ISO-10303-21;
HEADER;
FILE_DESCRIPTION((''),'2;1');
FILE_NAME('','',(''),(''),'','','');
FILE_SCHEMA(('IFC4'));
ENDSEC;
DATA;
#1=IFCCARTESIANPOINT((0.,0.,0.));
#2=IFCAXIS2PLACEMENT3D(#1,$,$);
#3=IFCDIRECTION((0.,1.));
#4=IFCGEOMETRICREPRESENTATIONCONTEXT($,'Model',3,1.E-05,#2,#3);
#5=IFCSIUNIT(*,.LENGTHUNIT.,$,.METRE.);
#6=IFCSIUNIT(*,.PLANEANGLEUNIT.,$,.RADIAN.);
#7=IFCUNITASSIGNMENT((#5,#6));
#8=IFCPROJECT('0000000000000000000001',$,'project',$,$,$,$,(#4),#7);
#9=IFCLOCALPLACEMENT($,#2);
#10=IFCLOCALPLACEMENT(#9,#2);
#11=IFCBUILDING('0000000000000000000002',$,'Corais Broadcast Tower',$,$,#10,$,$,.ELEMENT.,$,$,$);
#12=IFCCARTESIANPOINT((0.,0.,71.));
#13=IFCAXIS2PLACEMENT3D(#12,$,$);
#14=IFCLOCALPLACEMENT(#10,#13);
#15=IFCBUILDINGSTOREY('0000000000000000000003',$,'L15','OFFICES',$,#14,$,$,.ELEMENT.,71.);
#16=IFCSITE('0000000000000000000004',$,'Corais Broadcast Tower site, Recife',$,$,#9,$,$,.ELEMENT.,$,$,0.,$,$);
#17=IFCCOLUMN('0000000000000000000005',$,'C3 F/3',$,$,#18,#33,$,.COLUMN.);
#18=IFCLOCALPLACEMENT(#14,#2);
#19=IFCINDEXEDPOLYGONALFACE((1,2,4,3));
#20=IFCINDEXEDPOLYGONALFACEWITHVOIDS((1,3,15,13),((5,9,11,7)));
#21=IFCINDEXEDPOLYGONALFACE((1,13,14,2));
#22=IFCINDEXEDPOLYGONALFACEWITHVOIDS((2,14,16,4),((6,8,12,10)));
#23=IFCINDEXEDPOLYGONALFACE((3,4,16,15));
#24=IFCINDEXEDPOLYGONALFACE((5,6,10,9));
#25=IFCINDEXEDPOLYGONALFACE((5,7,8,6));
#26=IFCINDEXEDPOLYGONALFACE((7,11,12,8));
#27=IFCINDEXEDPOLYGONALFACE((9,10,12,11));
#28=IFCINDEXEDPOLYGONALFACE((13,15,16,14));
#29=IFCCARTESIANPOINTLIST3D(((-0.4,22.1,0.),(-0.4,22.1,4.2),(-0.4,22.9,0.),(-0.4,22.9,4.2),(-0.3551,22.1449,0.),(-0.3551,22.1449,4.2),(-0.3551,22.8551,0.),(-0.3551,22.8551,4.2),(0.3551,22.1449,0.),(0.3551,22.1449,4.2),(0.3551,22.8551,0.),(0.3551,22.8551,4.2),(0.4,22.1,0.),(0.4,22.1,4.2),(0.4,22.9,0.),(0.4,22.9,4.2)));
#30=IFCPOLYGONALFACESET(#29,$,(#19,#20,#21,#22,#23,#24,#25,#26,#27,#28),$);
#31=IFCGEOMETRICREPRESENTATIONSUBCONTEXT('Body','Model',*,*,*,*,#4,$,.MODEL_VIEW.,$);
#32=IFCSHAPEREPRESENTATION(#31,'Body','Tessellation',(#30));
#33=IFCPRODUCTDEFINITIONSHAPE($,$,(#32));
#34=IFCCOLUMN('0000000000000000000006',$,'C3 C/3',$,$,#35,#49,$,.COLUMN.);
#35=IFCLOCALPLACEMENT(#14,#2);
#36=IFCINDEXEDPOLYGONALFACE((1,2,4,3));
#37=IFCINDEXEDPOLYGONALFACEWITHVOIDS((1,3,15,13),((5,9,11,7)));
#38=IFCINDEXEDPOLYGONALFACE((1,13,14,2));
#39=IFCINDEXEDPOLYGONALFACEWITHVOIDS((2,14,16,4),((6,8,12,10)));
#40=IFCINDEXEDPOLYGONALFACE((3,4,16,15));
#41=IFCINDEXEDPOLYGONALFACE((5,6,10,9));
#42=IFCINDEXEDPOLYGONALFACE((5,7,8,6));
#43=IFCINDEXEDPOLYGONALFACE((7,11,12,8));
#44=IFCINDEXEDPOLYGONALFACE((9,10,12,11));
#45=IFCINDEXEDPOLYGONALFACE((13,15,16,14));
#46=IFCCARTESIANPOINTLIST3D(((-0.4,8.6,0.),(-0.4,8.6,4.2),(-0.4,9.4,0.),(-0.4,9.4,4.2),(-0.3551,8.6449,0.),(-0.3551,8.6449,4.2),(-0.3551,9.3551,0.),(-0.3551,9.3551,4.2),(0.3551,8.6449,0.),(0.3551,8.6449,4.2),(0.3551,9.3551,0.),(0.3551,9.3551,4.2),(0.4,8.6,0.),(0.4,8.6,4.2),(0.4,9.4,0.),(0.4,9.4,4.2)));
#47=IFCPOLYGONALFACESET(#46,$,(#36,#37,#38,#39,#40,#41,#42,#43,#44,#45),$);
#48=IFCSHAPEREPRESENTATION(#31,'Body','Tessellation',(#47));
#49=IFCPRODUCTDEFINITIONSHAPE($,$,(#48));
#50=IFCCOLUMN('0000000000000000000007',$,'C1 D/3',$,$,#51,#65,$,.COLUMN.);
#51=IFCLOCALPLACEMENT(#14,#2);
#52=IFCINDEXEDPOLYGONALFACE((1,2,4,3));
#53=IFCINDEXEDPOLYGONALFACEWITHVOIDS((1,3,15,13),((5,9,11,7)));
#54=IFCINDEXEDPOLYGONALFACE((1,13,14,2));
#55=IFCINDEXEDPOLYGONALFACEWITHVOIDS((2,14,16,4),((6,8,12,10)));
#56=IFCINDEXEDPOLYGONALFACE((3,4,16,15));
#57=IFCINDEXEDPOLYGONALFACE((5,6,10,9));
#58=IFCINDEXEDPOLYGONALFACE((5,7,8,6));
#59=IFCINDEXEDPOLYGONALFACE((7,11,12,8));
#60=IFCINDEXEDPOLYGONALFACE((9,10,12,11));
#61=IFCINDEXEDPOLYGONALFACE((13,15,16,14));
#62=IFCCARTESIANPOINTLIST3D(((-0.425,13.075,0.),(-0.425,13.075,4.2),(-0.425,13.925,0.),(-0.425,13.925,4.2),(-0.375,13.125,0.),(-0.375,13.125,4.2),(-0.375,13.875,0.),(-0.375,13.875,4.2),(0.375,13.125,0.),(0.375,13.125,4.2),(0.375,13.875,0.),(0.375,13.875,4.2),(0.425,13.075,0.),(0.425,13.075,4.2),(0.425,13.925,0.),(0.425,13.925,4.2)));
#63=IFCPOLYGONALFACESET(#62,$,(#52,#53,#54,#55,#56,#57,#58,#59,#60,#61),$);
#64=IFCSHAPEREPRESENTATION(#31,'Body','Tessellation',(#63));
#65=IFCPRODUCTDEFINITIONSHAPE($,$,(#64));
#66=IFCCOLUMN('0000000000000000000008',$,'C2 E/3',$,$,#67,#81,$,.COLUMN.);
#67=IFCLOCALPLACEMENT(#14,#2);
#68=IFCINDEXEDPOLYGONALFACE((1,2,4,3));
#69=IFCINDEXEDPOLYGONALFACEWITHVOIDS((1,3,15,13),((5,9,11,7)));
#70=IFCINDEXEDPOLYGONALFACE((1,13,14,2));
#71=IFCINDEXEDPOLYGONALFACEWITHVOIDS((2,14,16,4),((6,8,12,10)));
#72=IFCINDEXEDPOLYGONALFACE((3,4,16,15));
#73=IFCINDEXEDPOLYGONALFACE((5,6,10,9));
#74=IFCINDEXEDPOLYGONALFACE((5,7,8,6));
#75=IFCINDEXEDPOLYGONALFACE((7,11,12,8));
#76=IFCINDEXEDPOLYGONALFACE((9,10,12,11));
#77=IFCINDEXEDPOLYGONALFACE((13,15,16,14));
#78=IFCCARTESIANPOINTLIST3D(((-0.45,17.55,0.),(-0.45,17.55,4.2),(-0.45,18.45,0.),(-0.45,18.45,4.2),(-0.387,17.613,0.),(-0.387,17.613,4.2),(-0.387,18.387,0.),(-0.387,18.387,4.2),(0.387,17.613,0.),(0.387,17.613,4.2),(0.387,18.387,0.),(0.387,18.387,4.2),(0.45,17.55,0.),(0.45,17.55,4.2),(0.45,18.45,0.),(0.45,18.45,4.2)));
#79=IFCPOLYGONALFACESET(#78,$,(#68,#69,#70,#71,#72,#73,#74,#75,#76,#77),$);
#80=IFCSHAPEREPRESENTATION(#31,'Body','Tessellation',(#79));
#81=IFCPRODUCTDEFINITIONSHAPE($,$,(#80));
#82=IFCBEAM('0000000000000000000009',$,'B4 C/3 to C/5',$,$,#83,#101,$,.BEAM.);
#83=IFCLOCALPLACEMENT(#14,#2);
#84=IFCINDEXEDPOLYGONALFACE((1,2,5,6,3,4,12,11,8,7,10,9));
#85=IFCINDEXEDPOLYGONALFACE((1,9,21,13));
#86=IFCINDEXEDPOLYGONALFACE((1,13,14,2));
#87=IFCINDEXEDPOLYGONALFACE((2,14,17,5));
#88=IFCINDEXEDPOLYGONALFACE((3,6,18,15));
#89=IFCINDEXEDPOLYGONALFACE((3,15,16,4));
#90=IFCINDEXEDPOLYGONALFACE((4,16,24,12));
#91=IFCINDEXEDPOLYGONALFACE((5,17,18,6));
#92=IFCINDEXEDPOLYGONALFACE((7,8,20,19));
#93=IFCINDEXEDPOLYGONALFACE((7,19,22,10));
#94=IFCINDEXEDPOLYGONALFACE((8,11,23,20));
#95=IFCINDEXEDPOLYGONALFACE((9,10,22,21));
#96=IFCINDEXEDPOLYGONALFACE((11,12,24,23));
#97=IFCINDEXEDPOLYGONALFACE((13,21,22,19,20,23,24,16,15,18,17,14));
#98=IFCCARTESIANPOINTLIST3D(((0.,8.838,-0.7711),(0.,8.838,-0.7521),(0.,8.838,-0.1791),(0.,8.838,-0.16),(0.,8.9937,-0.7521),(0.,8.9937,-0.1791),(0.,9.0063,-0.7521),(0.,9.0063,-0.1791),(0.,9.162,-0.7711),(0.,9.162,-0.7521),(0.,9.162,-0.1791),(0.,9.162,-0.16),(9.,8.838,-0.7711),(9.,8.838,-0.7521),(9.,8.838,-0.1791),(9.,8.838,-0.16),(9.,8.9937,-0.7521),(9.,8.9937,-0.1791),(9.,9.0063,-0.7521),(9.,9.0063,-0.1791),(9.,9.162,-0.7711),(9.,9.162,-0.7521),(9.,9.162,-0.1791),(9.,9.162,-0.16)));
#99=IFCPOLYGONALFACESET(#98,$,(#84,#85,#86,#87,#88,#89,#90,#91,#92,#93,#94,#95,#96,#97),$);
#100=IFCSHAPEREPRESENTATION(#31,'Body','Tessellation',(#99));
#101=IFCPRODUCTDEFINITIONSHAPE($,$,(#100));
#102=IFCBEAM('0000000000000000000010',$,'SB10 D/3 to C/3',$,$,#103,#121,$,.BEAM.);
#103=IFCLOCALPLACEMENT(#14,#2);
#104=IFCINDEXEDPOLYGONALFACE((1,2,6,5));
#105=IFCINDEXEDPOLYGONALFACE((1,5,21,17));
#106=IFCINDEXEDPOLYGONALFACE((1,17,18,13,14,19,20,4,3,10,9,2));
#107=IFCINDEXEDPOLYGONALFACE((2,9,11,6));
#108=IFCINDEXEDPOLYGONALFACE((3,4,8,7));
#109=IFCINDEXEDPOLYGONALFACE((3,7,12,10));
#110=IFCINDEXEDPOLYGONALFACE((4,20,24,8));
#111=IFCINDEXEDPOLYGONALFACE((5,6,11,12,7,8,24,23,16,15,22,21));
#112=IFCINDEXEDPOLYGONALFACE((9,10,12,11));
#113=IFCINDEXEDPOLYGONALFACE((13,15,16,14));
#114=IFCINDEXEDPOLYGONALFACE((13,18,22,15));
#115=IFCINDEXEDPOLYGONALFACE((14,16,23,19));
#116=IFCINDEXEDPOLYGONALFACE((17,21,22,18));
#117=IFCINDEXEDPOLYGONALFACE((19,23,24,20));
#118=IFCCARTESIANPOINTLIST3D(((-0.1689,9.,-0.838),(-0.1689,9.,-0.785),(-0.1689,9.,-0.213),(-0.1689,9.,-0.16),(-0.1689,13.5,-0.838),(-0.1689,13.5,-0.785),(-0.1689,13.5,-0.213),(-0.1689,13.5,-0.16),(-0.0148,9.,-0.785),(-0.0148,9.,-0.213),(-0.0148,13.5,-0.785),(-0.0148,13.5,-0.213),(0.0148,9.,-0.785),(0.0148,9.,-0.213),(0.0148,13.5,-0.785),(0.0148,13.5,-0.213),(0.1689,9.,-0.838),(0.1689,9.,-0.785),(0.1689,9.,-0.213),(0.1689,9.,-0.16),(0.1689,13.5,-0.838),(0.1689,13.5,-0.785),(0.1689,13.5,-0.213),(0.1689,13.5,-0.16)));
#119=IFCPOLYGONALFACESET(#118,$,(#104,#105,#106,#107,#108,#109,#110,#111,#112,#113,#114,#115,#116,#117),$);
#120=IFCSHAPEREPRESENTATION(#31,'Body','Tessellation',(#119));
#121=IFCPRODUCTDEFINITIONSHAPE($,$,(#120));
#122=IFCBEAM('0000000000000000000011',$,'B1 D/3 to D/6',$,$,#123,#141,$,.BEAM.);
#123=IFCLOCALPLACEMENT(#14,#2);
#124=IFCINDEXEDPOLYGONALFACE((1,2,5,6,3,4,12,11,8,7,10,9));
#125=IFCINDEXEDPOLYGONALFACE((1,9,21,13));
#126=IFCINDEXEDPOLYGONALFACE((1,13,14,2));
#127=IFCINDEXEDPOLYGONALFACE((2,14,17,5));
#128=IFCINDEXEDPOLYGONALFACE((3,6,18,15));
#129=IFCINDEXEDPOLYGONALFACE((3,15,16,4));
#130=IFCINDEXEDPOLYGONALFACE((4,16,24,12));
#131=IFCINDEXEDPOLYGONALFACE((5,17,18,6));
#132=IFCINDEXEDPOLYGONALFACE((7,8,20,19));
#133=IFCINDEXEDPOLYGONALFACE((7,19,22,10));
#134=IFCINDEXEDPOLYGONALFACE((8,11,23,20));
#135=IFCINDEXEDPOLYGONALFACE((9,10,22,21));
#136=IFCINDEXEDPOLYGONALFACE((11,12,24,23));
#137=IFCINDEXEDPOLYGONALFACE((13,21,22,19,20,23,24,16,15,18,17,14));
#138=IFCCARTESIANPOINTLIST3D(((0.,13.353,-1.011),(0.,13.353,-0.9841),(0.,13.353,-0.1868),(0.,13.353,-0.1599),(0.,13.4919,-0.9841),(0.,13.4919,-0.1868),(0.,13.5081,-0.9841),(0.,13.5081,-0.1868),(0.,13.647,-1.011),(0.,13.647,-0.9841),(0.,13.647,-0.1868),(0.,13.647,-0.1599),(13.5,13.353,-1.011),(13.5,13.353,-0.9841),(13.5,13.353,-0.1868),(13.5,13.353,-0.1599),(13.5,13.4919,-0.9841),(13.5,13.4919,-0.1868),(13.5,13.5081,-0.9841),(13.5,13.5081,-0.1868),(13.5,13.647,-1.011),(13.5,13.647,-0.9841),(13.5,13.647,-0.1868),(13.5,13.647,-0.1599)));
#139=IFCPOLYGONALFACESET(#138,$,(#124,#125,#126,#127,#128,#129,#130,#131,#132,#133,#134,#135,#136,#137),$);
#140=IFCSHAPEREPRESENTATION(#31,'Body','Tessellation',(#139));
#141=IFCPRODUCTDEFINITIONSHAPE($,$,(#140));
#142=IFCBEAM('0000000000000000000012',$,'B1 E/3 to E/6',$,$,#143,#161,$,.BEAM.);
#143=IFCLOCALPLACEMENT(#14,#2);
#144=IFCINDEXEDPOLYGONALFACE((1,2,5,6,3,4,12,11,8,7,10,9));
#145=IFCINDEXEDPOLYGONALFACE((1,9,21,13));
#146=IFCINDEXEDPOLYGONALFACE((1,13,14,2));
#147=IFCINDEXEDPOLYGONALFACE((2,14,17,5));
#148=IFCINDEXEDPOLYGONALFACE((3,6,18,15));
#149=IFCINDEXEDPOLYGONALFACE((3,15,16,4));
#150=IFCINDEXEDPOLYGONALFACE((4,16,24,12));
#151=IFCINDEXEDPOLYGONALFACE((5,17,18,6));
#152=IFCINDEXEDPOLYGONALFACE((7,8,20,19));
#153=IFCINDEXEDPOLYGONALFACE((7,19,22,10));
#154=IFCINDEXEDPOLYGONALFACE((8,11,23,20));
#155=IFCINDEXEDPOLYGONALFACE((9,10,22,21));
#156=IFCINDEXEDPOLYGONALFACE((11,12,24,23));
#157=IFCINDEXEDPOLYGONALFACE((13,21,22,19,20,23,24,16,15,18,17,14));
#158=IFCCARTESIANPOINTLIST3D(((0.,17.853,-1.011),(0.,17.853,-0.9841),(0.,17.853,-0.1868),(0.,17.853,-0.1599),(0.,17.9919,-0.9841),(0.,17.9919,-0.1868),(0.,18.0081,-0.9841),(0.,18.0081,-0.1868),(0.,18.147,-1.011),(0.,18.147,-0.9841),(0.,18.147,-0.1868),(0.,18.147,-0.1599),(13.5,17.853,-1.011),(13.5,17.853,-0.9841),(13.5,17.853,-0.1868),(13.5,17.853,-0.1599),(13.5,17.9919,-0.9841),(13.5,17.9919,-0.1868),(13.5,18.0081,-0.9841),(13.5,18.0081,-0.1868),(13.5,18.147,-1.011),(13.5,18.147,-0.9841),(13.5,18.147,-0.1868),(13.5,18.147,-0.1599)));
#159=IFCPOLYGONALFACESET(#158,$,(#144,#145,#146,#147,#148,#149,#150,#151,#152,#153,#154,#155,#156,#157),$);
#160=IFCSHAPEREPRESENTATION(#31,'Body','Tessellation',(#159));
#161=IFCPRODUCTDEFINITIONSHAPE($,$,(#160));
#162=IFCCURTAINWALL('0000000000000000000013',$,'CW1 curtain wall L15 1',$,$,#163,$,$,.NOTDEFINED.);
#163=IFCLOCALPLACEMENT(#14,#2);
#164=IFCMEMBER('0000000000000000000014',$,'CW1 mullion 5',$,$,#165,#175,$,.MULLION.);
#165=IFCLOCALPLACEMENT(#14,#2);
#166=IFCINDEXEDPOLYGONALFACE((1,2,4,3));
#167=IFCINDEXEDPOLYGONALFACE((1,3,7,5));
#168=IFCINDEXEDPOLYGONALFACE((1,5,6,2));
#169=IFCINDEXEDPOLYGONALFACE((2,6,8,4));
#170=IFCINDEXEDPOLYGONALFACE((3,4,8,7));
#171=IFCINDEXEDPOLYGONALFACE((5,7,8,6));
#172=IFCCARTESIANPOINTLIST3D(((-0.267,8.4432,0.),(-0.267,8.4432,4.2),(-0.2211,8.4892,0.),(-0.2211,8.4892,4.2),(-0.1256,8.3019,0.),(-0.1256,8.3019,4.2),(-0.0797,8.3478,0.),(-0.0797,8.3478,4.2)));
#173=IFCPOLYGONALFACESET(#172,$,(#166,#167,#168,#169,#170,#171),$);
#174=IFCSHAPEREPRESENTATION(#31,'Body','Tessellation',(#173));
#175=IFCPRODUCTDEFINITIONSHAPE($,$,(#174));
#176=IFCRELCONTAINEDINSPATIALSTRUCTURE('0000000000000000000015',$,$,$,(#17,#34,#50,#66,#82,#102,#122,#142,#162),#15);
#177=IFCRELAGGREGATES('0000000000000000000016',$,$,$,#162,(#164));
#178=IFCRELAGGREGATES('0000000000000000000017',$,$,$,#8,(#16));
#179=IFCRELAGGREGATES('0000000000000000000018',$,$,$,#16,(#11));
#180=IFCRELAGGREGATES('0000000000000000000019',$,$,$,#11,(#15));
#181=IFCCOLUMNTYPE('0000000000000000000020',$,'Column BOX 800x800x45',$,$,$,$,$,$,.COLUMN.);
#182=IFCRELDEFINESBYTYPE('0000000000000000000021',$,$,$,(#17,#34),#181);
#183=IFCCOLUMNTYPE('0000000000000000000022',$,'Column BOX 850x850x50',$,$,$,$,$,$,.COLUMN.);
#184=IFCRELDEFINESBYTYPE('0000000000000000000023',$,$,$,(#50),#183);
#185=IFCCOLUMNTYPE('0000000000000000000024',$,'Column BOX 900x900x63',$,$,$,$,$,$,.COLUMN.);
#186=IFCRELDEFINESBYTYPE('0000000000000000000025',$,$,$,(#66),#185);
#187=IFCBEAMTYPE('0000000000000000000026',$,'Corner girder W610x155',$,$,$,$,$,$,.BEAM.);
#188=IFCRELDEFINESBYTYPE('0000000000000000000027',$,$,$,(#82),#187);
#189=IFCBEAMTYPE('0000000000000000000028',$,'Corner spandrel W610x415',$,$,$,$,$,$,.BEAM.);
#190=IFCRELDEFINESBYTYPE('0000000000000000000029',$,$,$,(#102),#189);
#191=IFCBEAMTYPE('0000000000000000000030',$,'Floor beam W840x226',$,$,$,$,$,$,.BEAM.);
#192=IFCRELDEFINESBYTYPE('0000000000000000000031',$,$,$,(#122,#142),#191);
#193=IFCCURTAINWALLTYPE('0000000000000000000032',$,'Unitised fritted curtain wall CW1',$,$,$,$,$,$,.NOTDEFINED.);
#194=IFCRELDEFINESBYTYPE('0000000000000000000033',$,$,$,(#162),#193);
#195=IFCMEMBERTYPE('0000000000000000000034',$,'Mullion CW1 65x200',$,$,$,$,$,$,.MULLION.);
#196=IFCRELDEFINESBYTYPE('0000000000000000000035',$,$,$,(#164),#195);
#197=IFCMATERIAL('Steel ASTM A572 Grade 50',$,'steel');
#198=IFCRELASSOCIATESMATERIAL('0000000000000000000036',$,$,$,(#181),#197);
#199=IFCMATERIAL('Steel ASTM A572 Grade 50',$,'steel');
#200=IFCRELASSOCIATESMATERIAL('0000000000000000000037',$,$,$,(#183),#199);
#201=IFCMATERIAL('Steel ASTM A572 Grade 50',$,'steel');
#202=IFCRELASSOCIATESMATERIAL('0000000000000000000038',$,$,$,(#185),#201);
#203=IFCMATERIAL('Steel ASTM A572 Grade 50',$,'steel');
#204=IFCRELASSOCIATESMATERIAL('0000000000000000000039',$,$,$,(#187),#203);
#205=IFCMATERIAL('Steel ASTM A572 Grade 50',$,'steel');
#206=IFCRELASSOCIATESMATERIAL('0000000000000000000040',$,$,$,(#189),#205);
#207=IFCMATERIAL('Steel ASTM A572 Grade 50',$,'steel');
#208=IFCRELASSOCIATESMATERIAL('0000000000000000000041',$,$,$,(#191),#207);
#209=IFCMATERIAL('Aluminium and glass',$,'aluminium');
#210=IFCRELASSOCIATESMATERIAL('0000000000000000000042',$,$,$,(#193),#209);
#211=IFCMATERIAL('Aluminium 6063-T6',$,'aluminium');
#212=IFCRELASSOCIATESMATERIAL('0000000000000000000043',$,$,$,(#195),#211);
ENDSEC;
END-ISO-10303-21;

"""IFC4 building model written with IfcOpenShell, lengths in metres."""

from ifc_helpers import new_model, si_unit, direction, frame, origin, origin_2d, place, context, subcontext, project, spatial, rectangle, hollow_rectangle, i_section, extrude, material, material_profile, profile_set, type_object, element, aggregate, save


model = new_model("IFC4")

# Units and contexts
model_context = context("Model", 3, precision=1e-05, world=origin(), true_north=direction((0.0, 1.0)))
body_context = subcontext(model_context, "Body", "Model", "MODEL_VIEW")
ifc_project = project(units=[si_unit("LENGTHUNIT", "METRE"), si_unit("PLANEANGLEUNIT", "RADIAN")], contexts=[model_context])

# Site, building, storey
site_placement = place(None, origin())
site = spatial("IfcSite", under=ifc_project, at=site_placement, Name="Corais Broadcast Tower site, Recife", CompositionType="ELEMENT", RefElevation=0.0)
building_placement = place(site_placement, origin())
building = spatial("IfcBuilding", under=site, at=building_placement, Name="Corais Broadcast Tower", CompositionType="ELEMENT")
storey_placement = place(building_placement, frame((0.0, 0.0, 71.0)))
storey = spatial("IfcBuildingStorey", under=building, at=storey_placement, Name="L15", Description="OFFICES", CompositionType="ELEMENT", Elevation=71.0)

# Columns
ifc_material_1 = material(Name="Steel ASTM A572 Grade 50", Category="steel")
ifc_material_profile_1 = material_profile(ifc_material_1, hollow_rectangle(XDim=0.8, YDim=0.8, WallThickness=0.0449, at=origin_2d()), Name="BOX 800x800x45")
ifc_profile_set_1 = profile_set([ifc_material_profile_1], Name="Steel ASTM A572 Grade 50")
column_type_1 = type_object("IfcColumnType", Name="Column BOX 800x800x45", PredefinedType="COLUMN", material=ifc_profile_set_1)
for number, where, z_axis, x_axis, name in (
    (1, (0.0, 22.5, 0.0), (0.0, 0.0, 1.0), (1.0, 0.0, 0.0), "C3 F/3"),
    (2, (0.0, 9.0, 0.0), (0.0, 0.0, 1.0), (1.0, 0.0, 0.0), "C3 C/3"),
):
    element("IfcColumn", number, at=place(storey_placement, frame(where, z_axis=z_axis, x_axis=x_axis)), inside=storey, type_object=column_type_1, Name=name, PredefinedType="COLUMN", context=body_context, shape_type="SweptSolid", body=[
        extrude(hollow_rectangle(XDim=0.8, YDim=0.8, WallThickness=0.0449, at=origin_2d()), origin(), (0.0, 0.0, 1.0), 4.2),
    ])
ifc_material_2 = material(Name="Steel ASTM A572 Grade 50", Category="steel")
ifc_material_profile_2 = material_profile(ifc_material_2, hollow_rectangle(XDim=0.8501, YDim=0.8501, WallThickness=0.05, at=origin_2d()), Name="BOX 850x850x50")
ifc_profile_set_2 = profile_set([ifc_material_profile_2], Name="Steel ASTM A572 Grade 50")
column_type_2 = type_object("IfcColumnType", Name="Column BOX 850x850x50", PredefinedType="COLUMN", material=ifc_profile_set_2)
column_1_placement = place(storey_placement, frame((0.0, 13.5, 0.0), z_axis=(0.0, 0.0, 1.0), x_axis=(1.0, 0.0, 0.0)))
element("IfcColumn", 3, at=column_1_placement, inside=storey, type_object=column_type_2, Name="C1 D/3", PredefinedType="COLUMN", context=body_context, shape_type="SweptSolid", body=[
    extrude(hollow_rectangle(XDim=0.8501, YDim=0.8501, WallThickness=0.05, at=origin_2d()), origin(), (0.0, 0.0, 1.0), 4.2),
])
ifc_material_3 = material(Name="Steel ASTM A572 Grade 50", Category="steel")
ifc_material_profile_3 = material_profile(ifc_material_3, hollow_rectangle(XDim=0.8999, YDim=0.8999, WallThickness=0.063, at=origin_2d()), Name="BOX 900x900x63")
ifc_profile_set_3 = profile_set([ifc_material_profile_3], Name="Steel ASTM A572 Grade 50")
column_type_3 = type_object("IfcColumnType", Name="Column BOX 900x900x63", PredefinedType="COLUMN", material=ifc_profile_set_3)
column_2_placement = place(storey_placement, frame((0.0, 18.0, 0.0), z_axis=(0.0, 0.0, 1.0), x_axis=(1.0, 0.0, 0.0)))
element("IfcColumn", 4, at=column_2_placement, inside=storey, type_object=column_type_3, Name="C2 E/3", PredefinedType="COLUMN", context=body_context, shape_type="SweptSolid", body=[
    extrude(hollow_rectangle(XDim=0.8999, YDim=0.8999, WallThickness=0.063, at=origin_2d()), origin(), (0.0, 0.0, 1.0), 4.2),
])

# Beams
ifc_material_4 = material(Name="Steel ASTM A572 Grade 50", Category="steel")
ifc_material_profile_4 = material_profile(ifc_material_4, i_section(OverallWidth=0.324, OverallDepth=0.6111, WebThickness=0.0127, FlangeThickness=0.019, at=origin_2d()), Name="W610x155")
ifc_profile_set_4 = profile_set([ifc_material_profile_4], Name="Steel ASTM A572 Grade 50")
beam_type_1 = type_object("IfcBeamType", Name="Corner girder W610x155", PredefinedType="BEAM", material=ifc_profile_set_4)
beam_1_placement = place(storey_placement, frame((0.0, 9.0, -0.4656), z_axis=(1.0, 0.0, 0.0), x_axis=(0.0, 1.0, 0.0)))
element("IfcBeam", 5, at=beam_1_placement, inside=storey, type_object=beam_type_1, Name="B4 C/3 to C/5", PredefinedType="BEAM", context=body_context, shape_type="SweptSolid", body=[
    extrude(i_section(OverallWidth=0.324, OverallDepth=0.6111, WebThickness=0.0127, FlangeThickness=0.019, at=origin_2d()), origin(), (0.0, 0.0, 1.0), 9.0),
])
ifc_material_5 = material(Name="Steel ASTM A572 Grade 50", Category="steel")
ifc_material_profile_5 = material_profile(ifc_material_5, i_section(OverallWidth=0.3379, OverallDepth=0.678, WebThickness=0.0295, FlangeThickness=0.053, at=origin_2d()), Name="W610x415")
ifc_profile_set_5 = profile_set([ifc_material_profile_5], Name="Steel ASTM A572 Grade 50")
beam_type_2 = type_object("IfcBeamType", Name="Corner spandrel W610x415", PredefinedType="BEAM", material=ifc_profile_set_5)
beam_2_placement = place(storey_placement, frame((0.0, 13.5, -0.499), z_axis=(0.0, -1.0, 0.0), x_axis=(1.0, 0.0, 0.0)))
element("IfcBeam", 6, at=beam_2_placement, inside=storey, type_object=beam_type_2, Name="SB10 D/3 to C/3", PredefinedType="BEAM", context=body_context, shape_type="SweptSolid", body=[
    extrude(i_section(OverallWidth=0.3379, OverallDepth=0.678, WebThickness=0.0295, FlangeThickness=0.053, at=origin_2d()), origin(), (0.0, 0.0, 1.0), 4.5),
])
ifc_material_6 = material(Name="Steel ASTM A572 Grade 50", Category="steel")
ifc_material_profile_6 = material_profile(ifc_material_6, i_section(OverallWidth=0.2939, OverallDepth=0.8511, WebThickness=0.0161, FlangeThickness=0.0269, at=origin_2d()), Name="W840x226")
ifc_profile_set_6 = profile_set([ifc_material_profile_6], Name="Steel ASTM A572 Grade 50")
beam_type_3 = type_object("IfcBeamType", Name="Floor beam W840x226", PredefinedType="BEAM", material=ifc_profile_set_6)
for number, where, z_axis, x_axis, name in (
    (7, (0.0, 13.5, -0.5854), (1.0, 0.0, 0.0), (0.0, 1.0, 0.0), "B1 D/3 to D/6"),
    (8, (0.0, 18.0, -0.5854), (1.0, 0.0, 0.0), (0.0, 1.0, 0.0), "B1 E/3 to E/6"),
):
    element("IfcBeam", number, at=place(storey_placement, frame(where, z_axis=z_axis, x_axis=x_axis)), inside=storey, type_object=beam_type_3, Name=name, PredefinedType="BEAM", context=body_context, shape_type="SweptSolid", body=[
        extrude(i_section(OverallWidth=0.2939, OverallDepth=0.8511, WebThickness=0.0161, FlangeThickness=0.0269, at=origin_2d()), origin(), (0.0, 0.0, 1.0), 13.5),
    ])

# Curtain wall, member
ifc_material_7 = material(Name="Aluminium and glass", Category="aluminium")
curtain_wall_type = type_object("IfcCurtainWallType", Name="Unitised fritted curtain wall CW1", PredefinedType="NOTDEFINED", material=ifc_material_7)
curtain_wall_1_placement = place(storey_placement, origin())
curtain_wall_1 = element("IfcCurtainWall", 9, at=curtain_wall_1_placement, inside=storey, type_object=curtain_wall_type, Name="CW1 curtain wall L15 1", PredefinedType="NOTDEFINED")
ifc_material_8 = material(Name="Aluminium 6063-T6", Category="aluminium")
ifc_material_profile_7 = material_profile(ifc_material_8, rectangle(XDim=0.0649, YDim=0.2, at=origin_2d()), Name="Mullion CW1 65x200")
ifc_profile_set_7 = profile_set([ifc_material_profile_7], Name="Aluminium 6063-T6")
member_type_1 = type_object("IfcMemberType", Name="Mullion CW1 65x200", PredefinedType="MULLION", material=ifc_profile_set_7)
member_1_placement = place(storey_placement, frame((-0.1733, 8.3955, 0.0), z_axis=(0.0, 0.0, 1.0), x_axis=(-0.707107, -0.707107, 0.0)))
member_1 = element("IfcMember", 10, at=member_1_placement, type_object=member_type_1, Name="CW1 mullion 5", PredefinedType="MULLION", context=body_context, shape_type="SweptSolid", body=[
    extrude(rectangle(XDim=0.0649, YDim=0.2, at=origin_2d()), origin(), (0.0, 0.0, 1.0), 4.2),
])
aggregate(curtain_wall_1, [member_1])

save(model, "model.ifc")
